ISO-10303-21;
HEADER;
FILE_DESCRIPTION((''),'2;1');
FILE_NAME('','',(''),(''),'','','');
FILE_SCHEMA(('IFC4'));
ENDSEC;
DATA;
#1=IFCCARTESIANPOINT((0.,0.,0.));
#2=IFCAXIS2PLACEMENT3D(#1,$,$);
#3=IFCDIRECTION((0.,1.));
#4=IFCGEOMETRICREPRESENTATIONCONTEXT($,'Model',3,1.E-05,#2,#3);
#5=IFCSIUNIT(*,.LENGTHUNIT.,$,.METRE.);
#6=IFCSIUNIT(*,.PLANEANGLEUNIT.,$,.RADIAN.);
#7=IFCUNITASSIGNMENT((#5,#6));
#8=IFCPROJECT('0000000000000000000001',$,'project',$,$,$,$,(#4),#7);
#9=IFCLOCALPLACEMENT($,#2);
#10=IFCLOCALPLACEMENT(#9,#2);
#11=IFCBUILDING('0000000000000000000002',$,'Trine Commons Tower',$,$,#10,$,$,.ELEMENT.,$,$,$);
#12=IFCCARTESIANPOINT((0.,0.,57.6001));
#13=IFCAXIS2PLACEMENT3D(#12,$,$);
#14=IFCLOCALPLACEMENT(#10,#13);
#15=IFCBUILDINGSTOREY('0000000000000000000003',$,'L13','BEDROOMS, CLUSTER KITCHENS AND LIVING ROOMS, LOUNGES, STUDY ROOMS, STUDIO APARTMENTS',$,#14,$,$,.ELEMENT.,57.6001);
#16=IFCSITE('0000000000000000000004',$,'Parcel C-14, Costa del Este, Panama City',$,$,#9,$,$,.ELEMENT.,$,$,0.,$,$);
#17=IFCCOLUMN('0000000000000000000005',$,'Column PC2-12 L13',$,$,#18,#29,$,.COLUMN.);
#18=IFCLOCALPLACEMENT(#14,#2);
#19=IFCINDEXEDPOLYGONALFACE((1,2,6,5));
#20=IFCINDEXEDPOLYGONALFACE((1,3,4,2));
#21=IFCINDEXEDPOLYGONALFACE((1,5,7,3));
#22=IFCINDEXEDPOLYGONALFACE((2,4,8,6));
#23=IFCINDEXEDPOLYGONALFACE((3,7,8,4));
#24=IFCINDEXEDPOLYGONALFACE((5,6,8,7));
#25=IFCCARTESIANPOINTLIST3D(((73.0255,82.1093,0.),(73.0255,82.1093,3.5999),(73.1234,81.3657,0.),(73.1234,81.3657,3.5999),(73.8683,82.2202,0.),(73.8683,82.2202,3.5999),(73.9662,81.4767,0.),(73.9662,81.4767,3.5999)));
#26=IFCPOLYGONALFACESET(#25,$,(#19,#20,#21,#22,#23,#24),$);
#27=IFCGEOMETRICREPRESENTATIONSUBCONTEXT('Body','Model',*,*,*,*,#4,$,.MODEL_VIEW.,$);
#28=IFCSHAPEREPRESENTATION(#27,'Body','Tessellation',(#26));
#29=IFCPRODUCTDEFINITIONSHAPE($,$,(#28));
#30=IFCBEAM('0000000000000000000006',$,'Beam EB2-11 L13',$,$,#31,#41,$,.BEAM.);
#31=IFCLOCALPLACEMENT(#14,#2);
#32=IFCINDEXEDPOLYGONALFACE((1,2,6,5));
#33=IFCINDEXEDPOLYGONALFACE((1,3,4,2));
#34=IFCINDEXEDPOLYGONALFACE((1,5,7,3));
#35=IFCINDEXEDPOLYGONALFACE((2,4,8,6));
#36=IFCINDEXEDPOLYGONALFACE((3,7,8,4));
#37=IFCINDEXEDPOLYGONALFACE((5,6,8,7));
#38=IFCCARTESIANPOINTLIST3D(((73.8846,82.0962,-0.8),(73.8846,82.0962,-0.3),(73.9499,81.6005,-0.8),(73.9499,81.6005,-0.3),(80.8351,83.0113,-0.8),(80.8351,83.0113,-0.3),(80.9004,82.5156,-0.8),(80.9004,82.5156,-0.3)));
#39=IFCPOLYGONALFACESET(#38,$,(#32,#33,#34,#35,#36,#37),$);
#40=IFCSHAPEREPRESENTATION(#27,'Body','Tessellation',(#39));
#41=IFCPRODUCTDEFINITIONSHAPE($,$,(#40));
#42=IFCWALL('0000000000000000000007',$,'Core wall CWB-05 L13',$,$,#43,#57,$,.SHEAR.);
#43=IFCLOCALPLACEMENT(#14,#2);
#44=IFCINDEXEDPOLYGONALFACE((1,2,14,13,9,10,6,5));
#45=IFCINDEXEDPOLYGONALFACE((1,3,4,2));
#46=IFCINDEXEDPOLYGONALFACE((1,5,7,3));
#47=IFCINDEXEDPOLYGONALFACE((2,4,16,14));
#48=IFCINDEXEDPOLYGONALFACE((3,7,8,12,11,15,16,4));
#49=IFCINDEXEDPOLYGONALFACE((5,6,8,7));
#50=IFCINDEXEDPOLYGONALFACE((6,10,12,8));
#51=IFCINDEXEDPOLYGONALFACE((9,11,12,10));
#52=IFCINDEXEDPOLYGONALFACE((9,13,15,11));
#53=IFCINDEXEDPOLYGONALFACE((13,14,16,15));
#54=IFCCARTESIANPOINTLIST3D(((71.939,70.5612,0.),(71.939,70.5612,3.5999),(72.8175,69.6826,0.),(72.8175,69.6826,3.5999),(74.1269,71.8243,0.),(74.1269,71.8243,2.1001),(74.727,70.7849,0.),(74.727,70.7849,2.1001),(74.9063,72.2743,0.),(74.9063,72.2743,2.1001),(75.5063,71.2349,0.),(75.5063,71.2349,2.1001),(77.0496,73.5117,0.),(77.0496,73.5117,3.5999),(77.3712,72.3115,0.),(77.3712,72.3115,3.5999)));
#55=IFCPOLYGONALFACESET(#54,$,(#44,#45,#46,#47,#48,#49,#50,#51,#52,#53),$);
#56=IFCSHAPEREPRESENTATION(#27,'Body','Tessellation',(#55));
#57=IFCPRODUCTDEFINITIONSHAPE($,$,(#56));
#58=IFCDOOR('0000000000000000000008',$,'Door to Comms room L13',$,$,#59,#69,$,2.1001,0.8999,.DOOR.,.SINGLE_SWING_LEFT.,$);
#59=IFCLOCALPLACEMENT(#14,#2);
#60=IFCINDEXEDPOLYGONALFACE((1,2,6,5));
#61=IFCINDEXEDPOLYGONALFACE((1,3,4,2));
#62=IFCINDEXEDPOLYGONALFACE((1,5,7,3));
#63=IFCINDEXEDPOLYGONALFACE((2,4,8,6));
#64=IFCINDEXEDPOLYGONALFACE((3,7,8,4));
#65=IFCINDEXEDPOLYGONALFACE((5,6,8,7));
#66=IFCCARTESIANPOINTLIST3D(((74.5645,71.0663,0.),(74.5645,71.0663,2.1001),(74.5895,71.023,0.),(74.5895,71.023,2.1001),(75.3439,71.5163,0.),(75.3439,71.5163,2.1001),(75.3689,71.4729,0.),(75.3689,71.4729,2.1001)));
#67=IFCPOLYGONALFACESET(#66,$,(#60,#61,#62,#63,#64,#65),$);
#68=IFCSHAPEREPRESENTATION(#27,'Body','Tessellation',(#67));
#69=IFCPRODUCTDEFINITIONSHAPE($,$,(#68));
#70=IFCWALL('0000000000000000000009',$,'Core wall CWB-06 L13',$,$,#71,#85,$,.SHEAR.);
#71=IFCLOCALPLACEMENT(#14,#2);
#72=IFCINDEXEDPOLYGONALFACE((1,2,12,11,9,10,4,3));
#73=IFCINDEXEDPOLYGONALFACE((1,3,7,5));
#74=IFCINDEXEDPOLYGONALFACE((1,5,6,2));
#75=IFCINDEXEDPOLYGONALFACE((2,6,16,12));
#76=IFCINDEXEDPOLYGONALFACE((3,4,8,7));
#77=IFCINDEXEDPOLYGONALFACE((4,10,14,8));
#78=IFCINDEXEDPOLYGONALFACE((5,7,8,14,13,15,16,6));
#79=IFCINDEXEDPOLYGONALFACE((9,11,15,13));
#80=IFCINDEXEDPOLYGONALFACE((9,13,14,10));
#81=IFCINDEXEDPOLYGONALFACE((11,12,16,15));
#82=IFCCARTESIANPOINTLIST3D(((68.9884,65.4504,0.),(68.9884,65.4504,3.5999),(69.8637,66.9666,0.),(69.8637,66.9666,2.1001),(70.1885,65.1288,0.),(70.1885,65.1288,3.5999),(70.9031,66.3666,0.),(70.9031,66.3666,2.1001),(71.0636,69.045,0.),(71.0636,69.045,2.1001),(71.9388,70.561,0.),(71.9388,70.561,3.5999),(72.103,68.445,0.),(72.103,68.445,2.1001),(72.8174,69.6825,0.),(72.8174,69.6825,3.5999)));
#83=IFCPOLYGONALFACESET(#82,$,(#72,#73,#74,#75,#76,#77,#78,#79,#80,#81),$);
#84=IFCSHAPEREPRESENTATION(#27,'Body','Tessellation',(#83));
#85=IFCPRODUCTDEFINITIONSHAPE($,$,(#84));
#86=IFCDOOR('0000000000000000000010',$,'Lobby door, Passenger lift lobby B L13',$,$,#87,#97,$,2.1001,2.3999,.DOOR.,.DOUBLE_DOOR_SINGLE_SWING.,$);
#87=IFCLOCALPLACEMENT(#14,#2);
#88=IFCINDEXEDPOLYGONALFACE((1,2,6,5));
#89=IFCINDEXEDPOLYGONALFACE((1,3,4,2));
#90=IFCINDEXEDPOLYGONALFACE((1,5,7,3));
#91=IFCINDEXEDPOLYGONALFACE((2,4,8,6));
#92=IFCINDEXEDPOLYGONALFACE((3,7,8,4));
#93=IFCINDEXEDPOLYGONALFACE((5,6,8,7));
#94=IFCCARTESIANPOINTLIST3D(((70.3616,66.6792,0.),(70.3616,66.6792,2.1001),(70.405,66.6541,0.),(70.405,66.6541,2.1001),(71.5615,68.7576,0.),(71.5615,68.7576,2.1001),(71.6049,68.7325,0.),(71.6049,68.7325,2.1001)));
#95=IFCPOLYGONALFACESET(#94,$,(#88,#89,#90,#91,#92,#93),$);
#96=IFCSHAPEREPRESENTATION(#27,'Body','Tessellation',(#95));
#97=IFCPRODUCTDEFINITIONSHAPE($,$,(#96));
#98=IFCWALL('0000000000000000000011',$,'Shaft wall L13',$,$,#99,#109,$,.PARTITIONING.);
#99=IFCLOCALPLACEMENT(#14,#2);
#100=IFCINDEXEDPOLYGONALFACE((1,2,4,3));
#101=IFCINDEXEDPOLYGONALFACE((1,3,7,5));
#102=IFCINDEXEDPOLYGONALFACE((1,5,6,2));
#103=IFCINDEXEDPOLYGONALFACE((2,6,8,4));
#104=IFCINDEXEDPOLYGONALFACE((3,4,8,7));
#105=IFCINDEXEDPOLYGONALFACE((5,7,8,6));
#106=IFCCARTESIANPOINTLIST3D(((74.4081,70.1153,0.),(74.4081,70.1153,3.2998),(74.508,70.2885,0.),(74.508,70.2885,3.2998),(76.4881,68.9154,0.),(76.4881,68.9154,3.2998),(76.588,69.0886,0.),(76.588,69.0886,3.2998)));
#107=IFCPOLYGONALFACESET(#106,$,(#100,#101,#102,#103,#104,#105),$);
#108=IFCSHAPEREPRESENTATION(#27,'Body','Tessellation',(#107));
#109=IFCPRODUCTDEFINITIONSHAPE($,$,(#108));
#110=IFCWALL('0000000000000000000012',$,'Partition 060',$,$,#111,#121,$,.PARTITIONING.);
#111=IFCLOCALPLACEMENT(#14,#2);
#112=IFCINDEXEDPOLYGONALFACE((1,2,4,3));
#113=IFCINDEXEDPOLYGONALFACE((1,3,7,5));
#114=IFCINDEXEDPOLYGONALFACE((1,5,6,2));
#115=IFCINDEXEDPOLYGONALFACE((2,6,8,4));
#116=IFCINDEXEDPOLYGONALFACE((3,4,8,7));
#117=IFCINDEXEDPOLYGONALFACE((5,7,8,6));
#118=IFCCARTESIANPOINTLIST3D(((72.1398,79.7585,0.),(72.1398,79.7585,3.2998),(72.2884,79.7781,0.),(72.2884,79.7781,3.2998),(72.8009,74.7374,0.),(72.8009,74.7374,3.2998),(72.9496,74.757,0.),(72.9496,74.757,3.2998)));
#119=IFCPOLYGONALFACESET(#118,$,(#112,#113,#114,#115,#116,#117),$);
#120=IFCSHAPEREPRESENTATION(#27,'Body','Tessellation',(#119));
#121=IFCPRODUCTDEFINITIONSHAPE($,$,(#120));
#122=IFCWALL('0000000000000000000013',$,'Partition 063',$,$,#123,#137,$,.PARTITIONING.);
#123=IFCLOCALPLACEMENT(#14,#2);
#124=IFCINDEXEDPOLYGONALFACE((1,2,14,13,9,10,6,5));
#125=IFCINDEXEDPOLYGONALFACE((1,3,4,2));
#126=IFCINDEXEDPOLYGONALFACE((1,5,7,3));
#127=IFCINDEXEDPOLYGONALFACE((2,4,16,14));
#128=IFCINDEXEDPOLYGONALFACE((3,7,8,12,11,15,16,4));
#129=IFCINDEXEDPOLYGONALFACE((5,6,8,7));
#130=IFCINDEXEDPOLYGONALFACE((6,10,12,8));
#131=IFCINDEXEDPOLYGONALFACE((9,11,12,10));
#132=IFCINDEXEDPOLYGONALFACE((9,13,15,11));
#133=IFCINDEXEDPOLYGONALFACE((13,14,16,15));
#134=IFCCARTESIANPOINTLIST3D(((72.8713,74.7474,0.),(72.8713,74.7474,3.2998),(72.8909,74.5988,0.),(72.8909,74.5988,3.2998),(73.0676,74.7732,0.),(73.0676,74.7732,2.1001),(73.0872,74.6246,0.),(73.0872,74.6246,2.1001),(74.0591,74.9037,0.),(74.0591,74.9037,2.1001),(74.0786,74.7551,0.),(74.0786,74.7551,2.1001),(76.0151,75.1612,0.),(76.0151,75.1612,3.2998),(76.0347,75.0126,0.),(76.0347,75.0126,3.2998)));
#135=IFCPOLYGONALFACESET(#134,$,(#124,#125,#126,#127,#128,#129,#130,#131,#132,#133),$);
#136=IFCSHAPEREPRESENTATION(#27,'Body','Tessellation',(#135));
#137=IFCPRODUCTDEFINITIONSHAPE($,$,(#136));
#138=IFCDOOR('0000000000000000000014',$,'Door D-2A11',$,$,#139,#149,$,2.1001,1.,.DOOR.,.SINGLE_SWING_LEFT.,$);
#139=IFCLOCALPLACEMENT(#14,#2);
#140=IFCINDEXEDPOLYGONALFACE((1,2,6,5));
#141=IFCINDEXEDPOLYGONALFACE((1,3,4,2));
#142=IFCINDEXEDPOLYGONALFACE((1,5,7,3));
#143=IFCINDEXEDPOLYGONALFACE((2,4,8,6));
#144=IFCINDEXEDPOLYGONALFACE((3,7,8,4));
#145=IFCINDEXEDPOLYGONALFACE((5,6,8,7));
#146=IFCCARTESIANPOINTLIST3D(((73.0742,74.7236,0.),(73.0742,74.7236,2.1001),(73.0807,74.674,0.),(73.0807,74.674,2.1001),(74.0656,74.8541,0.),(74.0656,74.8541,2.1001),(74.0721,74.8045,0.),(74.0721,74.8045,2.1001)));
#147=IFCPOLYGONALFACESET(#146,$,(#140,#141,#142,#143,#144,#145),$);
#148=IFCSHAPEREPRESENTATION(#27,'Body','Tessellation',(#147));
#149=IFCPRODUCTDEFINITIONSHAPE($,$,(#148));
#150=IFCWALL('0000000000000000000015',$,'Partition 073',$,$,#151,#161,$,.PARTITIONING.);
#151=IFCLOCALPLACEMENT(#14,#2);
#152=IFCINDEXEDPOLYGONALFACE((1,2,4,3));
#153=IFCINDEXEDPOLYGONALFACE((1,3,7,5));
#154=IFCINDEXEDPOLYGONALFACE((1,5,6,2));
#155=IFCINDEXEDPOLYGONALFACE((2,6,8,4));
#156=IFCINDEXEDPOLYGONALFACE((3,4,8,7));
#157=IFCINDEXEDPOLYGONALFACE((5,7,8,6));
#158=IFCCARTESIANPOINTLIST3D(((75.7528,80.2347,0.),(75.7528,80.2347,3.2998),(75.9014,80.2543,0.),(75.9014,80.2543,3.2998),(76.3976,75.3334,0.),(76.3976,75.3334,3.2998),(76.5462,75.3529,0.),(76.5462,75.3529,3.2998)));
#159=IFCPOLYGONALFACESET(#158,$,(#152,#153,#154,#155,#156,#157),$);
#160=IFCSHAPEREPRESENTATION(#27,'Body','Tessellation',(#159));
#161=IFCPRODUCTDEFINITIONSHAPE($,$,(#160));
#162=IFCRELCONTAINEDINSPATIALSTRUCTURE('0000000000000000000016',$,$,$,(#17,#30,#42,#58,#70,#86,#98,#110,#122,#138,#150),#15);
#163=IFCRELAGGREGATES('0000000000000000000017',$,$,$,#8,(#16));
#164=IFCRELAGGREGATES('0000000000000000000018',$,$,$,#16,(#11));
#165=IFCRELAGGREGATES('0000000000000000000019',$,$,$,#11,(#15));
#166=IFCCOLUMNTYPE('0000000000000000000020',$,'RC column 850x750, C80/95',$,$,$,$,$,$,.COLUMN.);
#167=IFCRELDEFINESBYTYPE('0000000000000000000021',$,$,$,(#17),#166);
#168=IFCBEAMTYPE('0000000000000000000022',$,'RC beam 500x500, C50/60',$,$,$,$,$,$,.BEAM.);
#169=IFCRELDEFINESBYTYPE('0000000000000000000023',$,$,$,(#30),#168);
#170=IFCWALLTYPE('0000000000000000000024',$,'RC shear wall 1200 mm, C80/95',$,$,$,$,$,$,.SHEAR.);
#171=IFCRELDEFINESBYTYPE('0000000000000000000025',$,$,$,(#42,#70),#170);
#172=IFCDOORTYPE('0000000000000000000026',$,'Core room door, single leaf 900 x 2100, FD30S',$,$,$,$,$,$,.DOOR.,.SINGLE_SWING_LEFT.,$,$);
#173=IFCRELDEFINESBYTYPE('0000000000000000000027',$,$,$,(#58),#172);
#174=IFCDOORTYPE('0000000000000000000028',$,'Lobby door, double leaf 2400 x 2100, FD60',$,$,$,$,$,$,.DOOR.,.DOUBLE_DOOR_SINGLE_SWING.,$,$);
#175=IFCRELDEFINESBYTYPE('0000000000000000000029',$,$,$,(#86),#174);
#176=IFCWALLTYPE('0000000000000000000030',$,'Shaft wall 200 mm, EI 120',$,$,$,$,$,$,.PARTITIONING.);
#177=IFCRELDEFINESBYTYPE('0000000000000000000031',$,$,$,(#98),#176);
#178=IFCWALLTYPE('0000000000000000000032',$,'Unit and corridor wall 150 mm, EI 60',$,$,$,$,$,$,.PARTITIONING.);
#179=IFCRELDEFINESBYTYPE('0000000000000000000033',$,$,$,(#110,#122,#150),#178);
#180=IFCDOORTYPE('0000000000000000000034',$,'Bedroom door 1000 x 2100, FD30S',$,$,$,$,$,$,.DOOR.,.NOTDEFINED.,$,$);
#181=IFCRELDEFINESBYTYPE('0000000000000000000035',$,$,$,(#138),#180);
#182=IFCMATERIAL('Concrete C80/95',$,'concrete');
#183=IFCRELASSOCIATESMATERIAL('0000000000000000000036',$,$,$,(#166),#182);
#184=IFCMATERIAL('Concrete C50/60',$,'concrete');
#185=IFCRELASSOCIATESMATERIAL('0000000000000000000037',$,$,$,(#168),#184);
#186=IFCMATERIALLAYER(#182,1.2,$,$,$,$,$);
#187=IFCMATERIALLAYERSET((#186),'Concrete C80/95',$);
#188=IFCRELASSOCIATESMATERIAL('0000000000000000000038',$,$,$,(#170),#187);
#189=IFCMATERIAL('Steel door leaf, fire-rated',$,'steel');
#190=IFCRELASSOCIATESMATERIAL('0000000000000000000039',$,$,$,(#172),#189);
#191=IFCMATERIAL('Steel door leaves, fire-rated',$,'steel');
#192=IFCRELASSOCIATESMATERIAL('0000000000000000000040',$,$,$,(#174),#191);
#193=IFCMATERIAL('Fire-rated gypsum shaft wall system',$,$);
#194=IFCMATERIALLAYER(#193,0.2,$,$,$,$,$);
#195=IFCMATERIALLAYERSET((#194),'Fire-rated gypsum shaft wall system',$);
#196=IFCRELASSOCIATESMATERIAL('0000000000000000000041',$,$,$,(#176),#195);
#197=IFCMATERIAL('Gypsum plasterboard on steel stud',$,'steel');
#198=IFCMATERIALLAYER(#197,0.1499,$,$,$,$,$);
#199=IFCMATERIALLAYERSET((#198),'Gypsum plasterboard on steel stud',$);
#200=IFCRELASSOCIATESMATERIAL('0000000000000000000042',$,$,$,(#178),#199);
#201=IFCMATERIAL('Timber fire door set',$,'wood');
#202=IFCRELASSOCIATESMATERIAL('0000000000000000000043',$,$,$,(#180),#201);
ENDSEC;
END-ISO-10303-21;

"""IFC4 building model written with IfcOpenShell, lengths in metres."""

from ifc_helpers import new_model, si_unit, direction, frame, frame_2d, origin, origin_2d, place, context, subcontext, project, spatial, polyline, rectangle, outline, extrude, material, layer, layer_set, material_profile, profile_set, type_object, element, fill, save


model = new_model("IFC4")

# Units and contexts
model_context = context("Model", 3, precision=1e-05, world=origin(), true_north=direction((0.0, 1.0)))
body_context = subcontext(model_context, "Body", "Model", "MODEL_VIEW")
ifc_project = project(units=[si_unit("LENGTHUNIT", "METRE"), si_unit("PLANEANGLEUNIT", "RADIAN")], contexts=[model_context])

# Site, building, storey
site_placement = place(None, origin())
site = spatial("IfcSite", under=ifc_project, at=site_placement, Name="Parcel C-14, Costa del Este, Panama City", CompositionType="ELEMENT", RefElevation=0.0)
building_placement = place(site_placement, origin())
building = spatial("IfcBuilding", under=site, at=building_placement, Name="Trine Commons Tower", CompositionType="ELEMENT")
storey_placement = place(building_placement, frame((0.0, 0.0, 57.6001)))
storey = spatial("IfcBuildingStorey", under=building, at=storey_placement, Name="L13", Description="BEDROOMS, CLUSTER KITCHENS AND LIVING ROOMS, LOUNGES, STUDY ROOMS, STUDIO APARTMENTS", CompositionType="ELEMENT", Elevation=57.6001)

# Column
ifc_material_1 = material(Name="Concrete C80/95", Category="concrete")
ifc_material_profile_1 = material_profile(ifc_material_1, rectangle(XDim=0.8501, YDim=0.75, at=origin_2d()), Name="RC 850x750")
ifc_profile_set_1 = profile_set([ifc_material_profile_1], Name="Concrete C80/95")
column_type = type_object("IfcColumnType", Name="RC column 850x750, C80/95", PredefinedType="COLUMN", material=ifc_profile_set_1)
column_placement = place(storey_placement, frame((73.4958, 81.793, 0.0), z_axis=(0.0, 0.0, 1.0), x_axis=(0.991445, 0.130526, 0.0)))
element("IfcColumn", 1, at=column_placement, inside=storey, type_object=column_type, Name="Column PC2-12 L13", PredefinedType="COLUMN", context=body_context, shape_type="SweptSolid", body=[
    extrude(rectangle(XDim=0.8501, YDim=0.75, at=origin_2d()), origin(), (0.0, 0.0, 1.0), 3.5999),
])

# Beam
ifc_material_2 = material(Name="Concrete C50/60", Category="concrete")
ifc_material_profile_2 = material_profile(ifc_material_2, rectangle(XDim=0.5, YDim=0.5, at=origin_2d()), Name="RC 500x500")
ifc_profile_set_2 = profile_set([ifc_material_profile_2], Name="Concrete C50/60")
beam_type = type_object("IfcBeamType", Name="RC beam 500x500, C50/60", PredefinedType="BEAM", material=ifc_profile_set_2)
beam_placement = place(storey_placement, frame((73.9172, 81.8484, -0.55), z_axis=(0.991445, 0.130526, 0.0), x_axis=(-0.130526, 0.991445, 0.0)))
element("IfcBeam", 2, at=beam_placement, inside=storey, type_object=beam_type, Name="Beam EB2-11 L13", PredefinedType="BEAM", context=body_context, shape_type="SweptSolid", body=[
    extrude(rectangle(XDim=0.5, YDim=0.5, at=origin_2d()), origin(), (0.0, 0.0, 1.0), 7.0105),
])

# Walls, openings, doors
ifc_layer_1 = layer(ifc_material_1, 1.2)
ifc_layer_set_1 = layer_set([ifc_layer_1], Name="Concrete C80/95")
wall_type_1 = type_object("IfcWallType", Name="RC shear wall 1200 mm, C80/95", PredefinedType="SHEAR", material=ifc_layer_set_1)
wall_1_placement = place(storey_placement, frame((77.3496, 72.9919, 0.0), z_axis=(0.0, 0.0, 1.0), x_axis=(-0.866037, -0.499979, 0.0)))
wall_1 = element("IfcWall", 3, at=wall_1_placement, inside=storey, type_object=wall_type_1, Name="Core wall CWB-05 L13", PredefinedType="SHEAR", context=body_context, shape_type="SweptSolid", body=[
    extrude(outline(polyline([(0.0, -0.6001), (5.9011, -0.6001), (5.5796, 0.6001), (0.3215, 0.6001), (0.0, -0.6001)])), origin(), (0.0, 0.0, 1.0), 3.5999),
])
opening_1_placement = place(wall_1_placement, frame((2.4749, 0.0, 0.0)))
opening_1 = element("IfcOpeningElement", 4, at=opening_1_placement, cuts=wall_1, PredefinedType="OPENING", context=body_context, shape_type="SweptSolid", body=[
    extrude(rectangle(XDim=0.8999, YDim=2.1001, at=frame_2d((0.45, 1.05))), frame((0.0, 0.6099, 0.0), z_axis=(0.0, -1.0, 0.0), x_axis=(1.0, 0.0, 0.0)), (0.0, 0.0, 1.0), 1.22),
])
ifc_material_3 = material(Name="Steel door leaf, fire-rated", Category="steel")
door_type_1 = type_object("IfcDoorType", Name="Core room door, single leaf 900 x 2100, FD30S", OperationType="SINGLE_SWING_LEFT", PredefinedType="DOOR", material=ifc_material_3)
door_1_placement = place(opening_1_placement, origin())
door_1 = element("IfcDoor", 5, at=door_1_placement, inside=storey, type_object=door_type_1, Name="Door to Comms room L13", OperationType="SINGLE_SWING_LEFT", OverallHeight=2.1001, OverallWidth=0.8999, PredefinedType="DOOR", context=body_context, shape_type="SweptSolid", body=[
    extrude(rectangle(XDim=0.8999, YDim=2.1001, at=frame_2d((0.45, 1.05))), frame((0.0, 0.3252, 0.0), z_axis=(0.0, -1.0, 0.0), x_axis=(1.0, 0.0, 0.0)), (0.0, 0.0, 1.0), 0.05),
])
fill(opening_1, door_1)
wall_2_placement = place(storey_placement, frame((72.4585, 70.261, 0.0), z_axis=(0.0, 0.0, 1.0), x_axis=(-0.499979, -0.866037, 0.0)))
wall_2 = element("IfcWall", 6, at=wall_2_placement, inside=storey, type_object=wall_type_1, Name="Core wall CWB-06 L13", PredefinedType="SHEAR", context=body_context, shape_type="SweptSolid", body=[
    extrude(outline(polyline([(0.0, -0.6001), (5.9011, -0.6001), (5.5796, 0.6001), (0.3215, 0.6001), (0.0, -0.6001)])), origin(), (0.0, 0.0, 1.0), 3.5999),
])
opening_2_placement = place(wall_2_placement, frame((1.7505, 0.0, 0.0)))
opening_2 = element("IfcOpeningElement", 7, at=opening_2_placement, cuts=wall_2, PredefinedType="OPENING", context=body_context, shape_type="SweptSolid", body=[
    extrude(rectangle(XDim=2.3999, YDim=2.1001, at=frame_2d((1.2, 1.05))), frame((0.0, 0.6099, 0.0), z_axis=(0.0, -1.0, 0.0), x_axis=(1.0, 0.0, 0.0)), (0.0, 0.0, 1.0), 1.22),
])
ifc_material_4 = material(Name="Steel door leaves, fire-rated", Category="steel")
door_type_2 = type_object("IfcDoorType", Name="Lobby door, double leaf 2400 x 2100, FD60", OperationType="DOUBLE_DOOR_SINGLE_SWING", PredefinedType="DOOR", material=ifc_material_4)
door_2_placement = place(opening_2_placement, origin())
door_2 = element("IfcDoor", 8, at=door_2_placement, inside=storey, type_object=door_type_2, Name="Lobby door, Passenger lift lobby B L13", OperationType="DOUBLE_DOOR_SINGLE_SWING", OverallHeight=2.1001, OverallWidth=2.3999, PredefinedType="DOOR", context=body_context, shape_type="SweptSolid", body=[
    extrude(rectangle(XDim=2.3999, YDim=2.1001, at=frame_2d((1.2, 1.05))), frame((0.0, 0.0249, 0.0), z_axis=(0.0, -1.0, 0.0), x_axis=(1.0, 0.0, 0.0)), (0.0, 0.0, 1.0), 0.05),
])
fill(opening_2, door_2)

# Walls
ifc_material_5 = material(Name="Fire-rated gypsum shaft wall system")
ifc_layer_2 = layer(ifc_material_5, 0.2)
ifc_layer_set_2 = layer_set([ifc_layer_2], Name="Fire-rated gypsum shaft wall system")
wall_type_2 = type_object("IfcWallType", Name="Shaft wall 200 mm, EI 120", PredefinedType="PARTITIONING", material=ifc_layer_set_2)
wall_3_placement = place(storey_placement, frame((76.5381, 69.002, 0.0), z_axis=(0.0, 0.0, 1.0), x_axis=(-0.866203, 0.499693, 0.0)))
element("IfcWall", 9, at=wall_3_placement, inside=storey, type_object=wall_type_2, Name="Shaft wall L13", PredefinedType="PARTITIONING", context=body_context, shape_type="SweptSolid", body=[
    extrude(rectangle(XDim=2.4014, YDim=0.2, at=frame_2d((1.2007, 0.0))), origin(), (0.0, 0.0, 1.0), 3.2998),
])
ifc_material_6 = material(Name="Gypsum plasterboard on steel stud", Category="steel")
ifc_layer_3 = layer(ifc_material_6, 0.1499)
ifc_layer_set_3 = layer_set([ifc_layer_3], Name="Gypsum plasterboard on steel stud")
wall_type_3 = type_object("IfcWallType", Name="Unit and corridor wall 150 mm, EI 60", PredefinedType="PARTITIONING", material=ifc_layer_set_3)
wall_4_placement = place(storey_placement, frame((72.2141, 79.7683, 0.0), z_axis=(0.0, 0.0, 1.0), x_axis=(0.130547, -0.991442, 0.0)))
element("IfcWall", 10, at=wall_4_placement, inside=storey, type_object=wall_type_3, Name="Partition 060", PredefinedType="PARTITIONING", context=body_context, shape_type="SweptSolid", body=[
    extrude(rectangle(XDim=5.0645, YDim=0.1499, at=frame_2d((2.5322, 0.0))), origin(), (0.0, 0.0, 1.0), 3.2998),
])

# Wall, opening, door
wall_5_placement = place(storey_placement, frame((72.8811, 74.6731, 0.0), z_axis=(0.0, 0.0, 1.0), x_axis=(0.991448, 0.130504, 0.0)))
wall_5 = element("IfcWall", 11, at=wall_5_placement, inside=storey, type_object=wall_type_3, Name="Partition 063", PredefinedType="PARTITIONING", context=body_context, shape_type="SweptSolid", body=[
    extrude(rectangle(XDim=3.1709, YDim=0.1499, at=frame_2d((1.5854, 0.0))), origin(), (0.0, 0.0, 1.0), 3.2998),
])
opening_3_placement = place(wall_5_placement, frame((0.198, 0.0, 0.0)))
opening_3 = element("IfcOpeningElement", 12, at=opening_3_placement, cuts=wall_5, PredefinedType="OPENING", context=body_context, shape_type="SweptSolid", body=[
    extrude(rectangle(XDim=1.0, YDim=2.1001, at=frame_2d((0.5, 1.05))), frame((0.0, 0.085, 0.0), z_axis=(0.0, -1.0, 0.0), x_axis=(1.0, 0.0, 0.0)), (0.0, 0.0, 1.0), 0.1699),
])
ifc_material_7 = material(Name="Timber fire door set", Category="wood")
door_type_3 = type_object("IfcDoorType", Name="Bedroom door 1000 x 2100, FD30S", OperationType="NOTDEFINED", PredefinedType="DOOR", material=ifc_material_7)
door_3_placement = place(opening_3_placement, origin())
door_3 = element("IfcDoor", 13, at=door_3_placement, inside=storey, type_object=door_type_3, Name="Door D-2A11", OperationType="SINGLE_SWING_LEFT", OverallHeight=2.1001, OverallWidth=1.0, PredefinedType="DOOR", context=body_context, shape_type="SweptSolid", body=[
    extrude(rectangle(XDim=1.0, YDim=2.1001, at=frame_2d((0.5, 1.05))), frame((0.0, 0.0249, 0.0), z_axis=(0.0, -1.0, 0.0), x_axis=(1.0, 0.0, 0.0)), (0.0, 0.0, 1.0), 0.05),
])
fill(opening_3, door_3)

# Wall
wall_6_placement = place(storey_placement, frame((75.8271, 80.2444, 0.0), z_axis=(0.0, 0.0, 1.0), x_axis=(0.130426, -0.991458, 0.0)))
element("IfcWall", 14, at=wall_6_placement, inside=storey, type_object=wall_type_3, Name="Partition 073", PredefinedType="PARTITIONING", context=body_context, shape_type="SweptSolid", body=[
    extrude(rectangle(XDim=4.9436, YDim=0.1499, at=frame_2d((2.4717, 0.0))), origin(), (0.0, 0.0, 1.0), 3.2998),
])

save(model, "model.ifc")
